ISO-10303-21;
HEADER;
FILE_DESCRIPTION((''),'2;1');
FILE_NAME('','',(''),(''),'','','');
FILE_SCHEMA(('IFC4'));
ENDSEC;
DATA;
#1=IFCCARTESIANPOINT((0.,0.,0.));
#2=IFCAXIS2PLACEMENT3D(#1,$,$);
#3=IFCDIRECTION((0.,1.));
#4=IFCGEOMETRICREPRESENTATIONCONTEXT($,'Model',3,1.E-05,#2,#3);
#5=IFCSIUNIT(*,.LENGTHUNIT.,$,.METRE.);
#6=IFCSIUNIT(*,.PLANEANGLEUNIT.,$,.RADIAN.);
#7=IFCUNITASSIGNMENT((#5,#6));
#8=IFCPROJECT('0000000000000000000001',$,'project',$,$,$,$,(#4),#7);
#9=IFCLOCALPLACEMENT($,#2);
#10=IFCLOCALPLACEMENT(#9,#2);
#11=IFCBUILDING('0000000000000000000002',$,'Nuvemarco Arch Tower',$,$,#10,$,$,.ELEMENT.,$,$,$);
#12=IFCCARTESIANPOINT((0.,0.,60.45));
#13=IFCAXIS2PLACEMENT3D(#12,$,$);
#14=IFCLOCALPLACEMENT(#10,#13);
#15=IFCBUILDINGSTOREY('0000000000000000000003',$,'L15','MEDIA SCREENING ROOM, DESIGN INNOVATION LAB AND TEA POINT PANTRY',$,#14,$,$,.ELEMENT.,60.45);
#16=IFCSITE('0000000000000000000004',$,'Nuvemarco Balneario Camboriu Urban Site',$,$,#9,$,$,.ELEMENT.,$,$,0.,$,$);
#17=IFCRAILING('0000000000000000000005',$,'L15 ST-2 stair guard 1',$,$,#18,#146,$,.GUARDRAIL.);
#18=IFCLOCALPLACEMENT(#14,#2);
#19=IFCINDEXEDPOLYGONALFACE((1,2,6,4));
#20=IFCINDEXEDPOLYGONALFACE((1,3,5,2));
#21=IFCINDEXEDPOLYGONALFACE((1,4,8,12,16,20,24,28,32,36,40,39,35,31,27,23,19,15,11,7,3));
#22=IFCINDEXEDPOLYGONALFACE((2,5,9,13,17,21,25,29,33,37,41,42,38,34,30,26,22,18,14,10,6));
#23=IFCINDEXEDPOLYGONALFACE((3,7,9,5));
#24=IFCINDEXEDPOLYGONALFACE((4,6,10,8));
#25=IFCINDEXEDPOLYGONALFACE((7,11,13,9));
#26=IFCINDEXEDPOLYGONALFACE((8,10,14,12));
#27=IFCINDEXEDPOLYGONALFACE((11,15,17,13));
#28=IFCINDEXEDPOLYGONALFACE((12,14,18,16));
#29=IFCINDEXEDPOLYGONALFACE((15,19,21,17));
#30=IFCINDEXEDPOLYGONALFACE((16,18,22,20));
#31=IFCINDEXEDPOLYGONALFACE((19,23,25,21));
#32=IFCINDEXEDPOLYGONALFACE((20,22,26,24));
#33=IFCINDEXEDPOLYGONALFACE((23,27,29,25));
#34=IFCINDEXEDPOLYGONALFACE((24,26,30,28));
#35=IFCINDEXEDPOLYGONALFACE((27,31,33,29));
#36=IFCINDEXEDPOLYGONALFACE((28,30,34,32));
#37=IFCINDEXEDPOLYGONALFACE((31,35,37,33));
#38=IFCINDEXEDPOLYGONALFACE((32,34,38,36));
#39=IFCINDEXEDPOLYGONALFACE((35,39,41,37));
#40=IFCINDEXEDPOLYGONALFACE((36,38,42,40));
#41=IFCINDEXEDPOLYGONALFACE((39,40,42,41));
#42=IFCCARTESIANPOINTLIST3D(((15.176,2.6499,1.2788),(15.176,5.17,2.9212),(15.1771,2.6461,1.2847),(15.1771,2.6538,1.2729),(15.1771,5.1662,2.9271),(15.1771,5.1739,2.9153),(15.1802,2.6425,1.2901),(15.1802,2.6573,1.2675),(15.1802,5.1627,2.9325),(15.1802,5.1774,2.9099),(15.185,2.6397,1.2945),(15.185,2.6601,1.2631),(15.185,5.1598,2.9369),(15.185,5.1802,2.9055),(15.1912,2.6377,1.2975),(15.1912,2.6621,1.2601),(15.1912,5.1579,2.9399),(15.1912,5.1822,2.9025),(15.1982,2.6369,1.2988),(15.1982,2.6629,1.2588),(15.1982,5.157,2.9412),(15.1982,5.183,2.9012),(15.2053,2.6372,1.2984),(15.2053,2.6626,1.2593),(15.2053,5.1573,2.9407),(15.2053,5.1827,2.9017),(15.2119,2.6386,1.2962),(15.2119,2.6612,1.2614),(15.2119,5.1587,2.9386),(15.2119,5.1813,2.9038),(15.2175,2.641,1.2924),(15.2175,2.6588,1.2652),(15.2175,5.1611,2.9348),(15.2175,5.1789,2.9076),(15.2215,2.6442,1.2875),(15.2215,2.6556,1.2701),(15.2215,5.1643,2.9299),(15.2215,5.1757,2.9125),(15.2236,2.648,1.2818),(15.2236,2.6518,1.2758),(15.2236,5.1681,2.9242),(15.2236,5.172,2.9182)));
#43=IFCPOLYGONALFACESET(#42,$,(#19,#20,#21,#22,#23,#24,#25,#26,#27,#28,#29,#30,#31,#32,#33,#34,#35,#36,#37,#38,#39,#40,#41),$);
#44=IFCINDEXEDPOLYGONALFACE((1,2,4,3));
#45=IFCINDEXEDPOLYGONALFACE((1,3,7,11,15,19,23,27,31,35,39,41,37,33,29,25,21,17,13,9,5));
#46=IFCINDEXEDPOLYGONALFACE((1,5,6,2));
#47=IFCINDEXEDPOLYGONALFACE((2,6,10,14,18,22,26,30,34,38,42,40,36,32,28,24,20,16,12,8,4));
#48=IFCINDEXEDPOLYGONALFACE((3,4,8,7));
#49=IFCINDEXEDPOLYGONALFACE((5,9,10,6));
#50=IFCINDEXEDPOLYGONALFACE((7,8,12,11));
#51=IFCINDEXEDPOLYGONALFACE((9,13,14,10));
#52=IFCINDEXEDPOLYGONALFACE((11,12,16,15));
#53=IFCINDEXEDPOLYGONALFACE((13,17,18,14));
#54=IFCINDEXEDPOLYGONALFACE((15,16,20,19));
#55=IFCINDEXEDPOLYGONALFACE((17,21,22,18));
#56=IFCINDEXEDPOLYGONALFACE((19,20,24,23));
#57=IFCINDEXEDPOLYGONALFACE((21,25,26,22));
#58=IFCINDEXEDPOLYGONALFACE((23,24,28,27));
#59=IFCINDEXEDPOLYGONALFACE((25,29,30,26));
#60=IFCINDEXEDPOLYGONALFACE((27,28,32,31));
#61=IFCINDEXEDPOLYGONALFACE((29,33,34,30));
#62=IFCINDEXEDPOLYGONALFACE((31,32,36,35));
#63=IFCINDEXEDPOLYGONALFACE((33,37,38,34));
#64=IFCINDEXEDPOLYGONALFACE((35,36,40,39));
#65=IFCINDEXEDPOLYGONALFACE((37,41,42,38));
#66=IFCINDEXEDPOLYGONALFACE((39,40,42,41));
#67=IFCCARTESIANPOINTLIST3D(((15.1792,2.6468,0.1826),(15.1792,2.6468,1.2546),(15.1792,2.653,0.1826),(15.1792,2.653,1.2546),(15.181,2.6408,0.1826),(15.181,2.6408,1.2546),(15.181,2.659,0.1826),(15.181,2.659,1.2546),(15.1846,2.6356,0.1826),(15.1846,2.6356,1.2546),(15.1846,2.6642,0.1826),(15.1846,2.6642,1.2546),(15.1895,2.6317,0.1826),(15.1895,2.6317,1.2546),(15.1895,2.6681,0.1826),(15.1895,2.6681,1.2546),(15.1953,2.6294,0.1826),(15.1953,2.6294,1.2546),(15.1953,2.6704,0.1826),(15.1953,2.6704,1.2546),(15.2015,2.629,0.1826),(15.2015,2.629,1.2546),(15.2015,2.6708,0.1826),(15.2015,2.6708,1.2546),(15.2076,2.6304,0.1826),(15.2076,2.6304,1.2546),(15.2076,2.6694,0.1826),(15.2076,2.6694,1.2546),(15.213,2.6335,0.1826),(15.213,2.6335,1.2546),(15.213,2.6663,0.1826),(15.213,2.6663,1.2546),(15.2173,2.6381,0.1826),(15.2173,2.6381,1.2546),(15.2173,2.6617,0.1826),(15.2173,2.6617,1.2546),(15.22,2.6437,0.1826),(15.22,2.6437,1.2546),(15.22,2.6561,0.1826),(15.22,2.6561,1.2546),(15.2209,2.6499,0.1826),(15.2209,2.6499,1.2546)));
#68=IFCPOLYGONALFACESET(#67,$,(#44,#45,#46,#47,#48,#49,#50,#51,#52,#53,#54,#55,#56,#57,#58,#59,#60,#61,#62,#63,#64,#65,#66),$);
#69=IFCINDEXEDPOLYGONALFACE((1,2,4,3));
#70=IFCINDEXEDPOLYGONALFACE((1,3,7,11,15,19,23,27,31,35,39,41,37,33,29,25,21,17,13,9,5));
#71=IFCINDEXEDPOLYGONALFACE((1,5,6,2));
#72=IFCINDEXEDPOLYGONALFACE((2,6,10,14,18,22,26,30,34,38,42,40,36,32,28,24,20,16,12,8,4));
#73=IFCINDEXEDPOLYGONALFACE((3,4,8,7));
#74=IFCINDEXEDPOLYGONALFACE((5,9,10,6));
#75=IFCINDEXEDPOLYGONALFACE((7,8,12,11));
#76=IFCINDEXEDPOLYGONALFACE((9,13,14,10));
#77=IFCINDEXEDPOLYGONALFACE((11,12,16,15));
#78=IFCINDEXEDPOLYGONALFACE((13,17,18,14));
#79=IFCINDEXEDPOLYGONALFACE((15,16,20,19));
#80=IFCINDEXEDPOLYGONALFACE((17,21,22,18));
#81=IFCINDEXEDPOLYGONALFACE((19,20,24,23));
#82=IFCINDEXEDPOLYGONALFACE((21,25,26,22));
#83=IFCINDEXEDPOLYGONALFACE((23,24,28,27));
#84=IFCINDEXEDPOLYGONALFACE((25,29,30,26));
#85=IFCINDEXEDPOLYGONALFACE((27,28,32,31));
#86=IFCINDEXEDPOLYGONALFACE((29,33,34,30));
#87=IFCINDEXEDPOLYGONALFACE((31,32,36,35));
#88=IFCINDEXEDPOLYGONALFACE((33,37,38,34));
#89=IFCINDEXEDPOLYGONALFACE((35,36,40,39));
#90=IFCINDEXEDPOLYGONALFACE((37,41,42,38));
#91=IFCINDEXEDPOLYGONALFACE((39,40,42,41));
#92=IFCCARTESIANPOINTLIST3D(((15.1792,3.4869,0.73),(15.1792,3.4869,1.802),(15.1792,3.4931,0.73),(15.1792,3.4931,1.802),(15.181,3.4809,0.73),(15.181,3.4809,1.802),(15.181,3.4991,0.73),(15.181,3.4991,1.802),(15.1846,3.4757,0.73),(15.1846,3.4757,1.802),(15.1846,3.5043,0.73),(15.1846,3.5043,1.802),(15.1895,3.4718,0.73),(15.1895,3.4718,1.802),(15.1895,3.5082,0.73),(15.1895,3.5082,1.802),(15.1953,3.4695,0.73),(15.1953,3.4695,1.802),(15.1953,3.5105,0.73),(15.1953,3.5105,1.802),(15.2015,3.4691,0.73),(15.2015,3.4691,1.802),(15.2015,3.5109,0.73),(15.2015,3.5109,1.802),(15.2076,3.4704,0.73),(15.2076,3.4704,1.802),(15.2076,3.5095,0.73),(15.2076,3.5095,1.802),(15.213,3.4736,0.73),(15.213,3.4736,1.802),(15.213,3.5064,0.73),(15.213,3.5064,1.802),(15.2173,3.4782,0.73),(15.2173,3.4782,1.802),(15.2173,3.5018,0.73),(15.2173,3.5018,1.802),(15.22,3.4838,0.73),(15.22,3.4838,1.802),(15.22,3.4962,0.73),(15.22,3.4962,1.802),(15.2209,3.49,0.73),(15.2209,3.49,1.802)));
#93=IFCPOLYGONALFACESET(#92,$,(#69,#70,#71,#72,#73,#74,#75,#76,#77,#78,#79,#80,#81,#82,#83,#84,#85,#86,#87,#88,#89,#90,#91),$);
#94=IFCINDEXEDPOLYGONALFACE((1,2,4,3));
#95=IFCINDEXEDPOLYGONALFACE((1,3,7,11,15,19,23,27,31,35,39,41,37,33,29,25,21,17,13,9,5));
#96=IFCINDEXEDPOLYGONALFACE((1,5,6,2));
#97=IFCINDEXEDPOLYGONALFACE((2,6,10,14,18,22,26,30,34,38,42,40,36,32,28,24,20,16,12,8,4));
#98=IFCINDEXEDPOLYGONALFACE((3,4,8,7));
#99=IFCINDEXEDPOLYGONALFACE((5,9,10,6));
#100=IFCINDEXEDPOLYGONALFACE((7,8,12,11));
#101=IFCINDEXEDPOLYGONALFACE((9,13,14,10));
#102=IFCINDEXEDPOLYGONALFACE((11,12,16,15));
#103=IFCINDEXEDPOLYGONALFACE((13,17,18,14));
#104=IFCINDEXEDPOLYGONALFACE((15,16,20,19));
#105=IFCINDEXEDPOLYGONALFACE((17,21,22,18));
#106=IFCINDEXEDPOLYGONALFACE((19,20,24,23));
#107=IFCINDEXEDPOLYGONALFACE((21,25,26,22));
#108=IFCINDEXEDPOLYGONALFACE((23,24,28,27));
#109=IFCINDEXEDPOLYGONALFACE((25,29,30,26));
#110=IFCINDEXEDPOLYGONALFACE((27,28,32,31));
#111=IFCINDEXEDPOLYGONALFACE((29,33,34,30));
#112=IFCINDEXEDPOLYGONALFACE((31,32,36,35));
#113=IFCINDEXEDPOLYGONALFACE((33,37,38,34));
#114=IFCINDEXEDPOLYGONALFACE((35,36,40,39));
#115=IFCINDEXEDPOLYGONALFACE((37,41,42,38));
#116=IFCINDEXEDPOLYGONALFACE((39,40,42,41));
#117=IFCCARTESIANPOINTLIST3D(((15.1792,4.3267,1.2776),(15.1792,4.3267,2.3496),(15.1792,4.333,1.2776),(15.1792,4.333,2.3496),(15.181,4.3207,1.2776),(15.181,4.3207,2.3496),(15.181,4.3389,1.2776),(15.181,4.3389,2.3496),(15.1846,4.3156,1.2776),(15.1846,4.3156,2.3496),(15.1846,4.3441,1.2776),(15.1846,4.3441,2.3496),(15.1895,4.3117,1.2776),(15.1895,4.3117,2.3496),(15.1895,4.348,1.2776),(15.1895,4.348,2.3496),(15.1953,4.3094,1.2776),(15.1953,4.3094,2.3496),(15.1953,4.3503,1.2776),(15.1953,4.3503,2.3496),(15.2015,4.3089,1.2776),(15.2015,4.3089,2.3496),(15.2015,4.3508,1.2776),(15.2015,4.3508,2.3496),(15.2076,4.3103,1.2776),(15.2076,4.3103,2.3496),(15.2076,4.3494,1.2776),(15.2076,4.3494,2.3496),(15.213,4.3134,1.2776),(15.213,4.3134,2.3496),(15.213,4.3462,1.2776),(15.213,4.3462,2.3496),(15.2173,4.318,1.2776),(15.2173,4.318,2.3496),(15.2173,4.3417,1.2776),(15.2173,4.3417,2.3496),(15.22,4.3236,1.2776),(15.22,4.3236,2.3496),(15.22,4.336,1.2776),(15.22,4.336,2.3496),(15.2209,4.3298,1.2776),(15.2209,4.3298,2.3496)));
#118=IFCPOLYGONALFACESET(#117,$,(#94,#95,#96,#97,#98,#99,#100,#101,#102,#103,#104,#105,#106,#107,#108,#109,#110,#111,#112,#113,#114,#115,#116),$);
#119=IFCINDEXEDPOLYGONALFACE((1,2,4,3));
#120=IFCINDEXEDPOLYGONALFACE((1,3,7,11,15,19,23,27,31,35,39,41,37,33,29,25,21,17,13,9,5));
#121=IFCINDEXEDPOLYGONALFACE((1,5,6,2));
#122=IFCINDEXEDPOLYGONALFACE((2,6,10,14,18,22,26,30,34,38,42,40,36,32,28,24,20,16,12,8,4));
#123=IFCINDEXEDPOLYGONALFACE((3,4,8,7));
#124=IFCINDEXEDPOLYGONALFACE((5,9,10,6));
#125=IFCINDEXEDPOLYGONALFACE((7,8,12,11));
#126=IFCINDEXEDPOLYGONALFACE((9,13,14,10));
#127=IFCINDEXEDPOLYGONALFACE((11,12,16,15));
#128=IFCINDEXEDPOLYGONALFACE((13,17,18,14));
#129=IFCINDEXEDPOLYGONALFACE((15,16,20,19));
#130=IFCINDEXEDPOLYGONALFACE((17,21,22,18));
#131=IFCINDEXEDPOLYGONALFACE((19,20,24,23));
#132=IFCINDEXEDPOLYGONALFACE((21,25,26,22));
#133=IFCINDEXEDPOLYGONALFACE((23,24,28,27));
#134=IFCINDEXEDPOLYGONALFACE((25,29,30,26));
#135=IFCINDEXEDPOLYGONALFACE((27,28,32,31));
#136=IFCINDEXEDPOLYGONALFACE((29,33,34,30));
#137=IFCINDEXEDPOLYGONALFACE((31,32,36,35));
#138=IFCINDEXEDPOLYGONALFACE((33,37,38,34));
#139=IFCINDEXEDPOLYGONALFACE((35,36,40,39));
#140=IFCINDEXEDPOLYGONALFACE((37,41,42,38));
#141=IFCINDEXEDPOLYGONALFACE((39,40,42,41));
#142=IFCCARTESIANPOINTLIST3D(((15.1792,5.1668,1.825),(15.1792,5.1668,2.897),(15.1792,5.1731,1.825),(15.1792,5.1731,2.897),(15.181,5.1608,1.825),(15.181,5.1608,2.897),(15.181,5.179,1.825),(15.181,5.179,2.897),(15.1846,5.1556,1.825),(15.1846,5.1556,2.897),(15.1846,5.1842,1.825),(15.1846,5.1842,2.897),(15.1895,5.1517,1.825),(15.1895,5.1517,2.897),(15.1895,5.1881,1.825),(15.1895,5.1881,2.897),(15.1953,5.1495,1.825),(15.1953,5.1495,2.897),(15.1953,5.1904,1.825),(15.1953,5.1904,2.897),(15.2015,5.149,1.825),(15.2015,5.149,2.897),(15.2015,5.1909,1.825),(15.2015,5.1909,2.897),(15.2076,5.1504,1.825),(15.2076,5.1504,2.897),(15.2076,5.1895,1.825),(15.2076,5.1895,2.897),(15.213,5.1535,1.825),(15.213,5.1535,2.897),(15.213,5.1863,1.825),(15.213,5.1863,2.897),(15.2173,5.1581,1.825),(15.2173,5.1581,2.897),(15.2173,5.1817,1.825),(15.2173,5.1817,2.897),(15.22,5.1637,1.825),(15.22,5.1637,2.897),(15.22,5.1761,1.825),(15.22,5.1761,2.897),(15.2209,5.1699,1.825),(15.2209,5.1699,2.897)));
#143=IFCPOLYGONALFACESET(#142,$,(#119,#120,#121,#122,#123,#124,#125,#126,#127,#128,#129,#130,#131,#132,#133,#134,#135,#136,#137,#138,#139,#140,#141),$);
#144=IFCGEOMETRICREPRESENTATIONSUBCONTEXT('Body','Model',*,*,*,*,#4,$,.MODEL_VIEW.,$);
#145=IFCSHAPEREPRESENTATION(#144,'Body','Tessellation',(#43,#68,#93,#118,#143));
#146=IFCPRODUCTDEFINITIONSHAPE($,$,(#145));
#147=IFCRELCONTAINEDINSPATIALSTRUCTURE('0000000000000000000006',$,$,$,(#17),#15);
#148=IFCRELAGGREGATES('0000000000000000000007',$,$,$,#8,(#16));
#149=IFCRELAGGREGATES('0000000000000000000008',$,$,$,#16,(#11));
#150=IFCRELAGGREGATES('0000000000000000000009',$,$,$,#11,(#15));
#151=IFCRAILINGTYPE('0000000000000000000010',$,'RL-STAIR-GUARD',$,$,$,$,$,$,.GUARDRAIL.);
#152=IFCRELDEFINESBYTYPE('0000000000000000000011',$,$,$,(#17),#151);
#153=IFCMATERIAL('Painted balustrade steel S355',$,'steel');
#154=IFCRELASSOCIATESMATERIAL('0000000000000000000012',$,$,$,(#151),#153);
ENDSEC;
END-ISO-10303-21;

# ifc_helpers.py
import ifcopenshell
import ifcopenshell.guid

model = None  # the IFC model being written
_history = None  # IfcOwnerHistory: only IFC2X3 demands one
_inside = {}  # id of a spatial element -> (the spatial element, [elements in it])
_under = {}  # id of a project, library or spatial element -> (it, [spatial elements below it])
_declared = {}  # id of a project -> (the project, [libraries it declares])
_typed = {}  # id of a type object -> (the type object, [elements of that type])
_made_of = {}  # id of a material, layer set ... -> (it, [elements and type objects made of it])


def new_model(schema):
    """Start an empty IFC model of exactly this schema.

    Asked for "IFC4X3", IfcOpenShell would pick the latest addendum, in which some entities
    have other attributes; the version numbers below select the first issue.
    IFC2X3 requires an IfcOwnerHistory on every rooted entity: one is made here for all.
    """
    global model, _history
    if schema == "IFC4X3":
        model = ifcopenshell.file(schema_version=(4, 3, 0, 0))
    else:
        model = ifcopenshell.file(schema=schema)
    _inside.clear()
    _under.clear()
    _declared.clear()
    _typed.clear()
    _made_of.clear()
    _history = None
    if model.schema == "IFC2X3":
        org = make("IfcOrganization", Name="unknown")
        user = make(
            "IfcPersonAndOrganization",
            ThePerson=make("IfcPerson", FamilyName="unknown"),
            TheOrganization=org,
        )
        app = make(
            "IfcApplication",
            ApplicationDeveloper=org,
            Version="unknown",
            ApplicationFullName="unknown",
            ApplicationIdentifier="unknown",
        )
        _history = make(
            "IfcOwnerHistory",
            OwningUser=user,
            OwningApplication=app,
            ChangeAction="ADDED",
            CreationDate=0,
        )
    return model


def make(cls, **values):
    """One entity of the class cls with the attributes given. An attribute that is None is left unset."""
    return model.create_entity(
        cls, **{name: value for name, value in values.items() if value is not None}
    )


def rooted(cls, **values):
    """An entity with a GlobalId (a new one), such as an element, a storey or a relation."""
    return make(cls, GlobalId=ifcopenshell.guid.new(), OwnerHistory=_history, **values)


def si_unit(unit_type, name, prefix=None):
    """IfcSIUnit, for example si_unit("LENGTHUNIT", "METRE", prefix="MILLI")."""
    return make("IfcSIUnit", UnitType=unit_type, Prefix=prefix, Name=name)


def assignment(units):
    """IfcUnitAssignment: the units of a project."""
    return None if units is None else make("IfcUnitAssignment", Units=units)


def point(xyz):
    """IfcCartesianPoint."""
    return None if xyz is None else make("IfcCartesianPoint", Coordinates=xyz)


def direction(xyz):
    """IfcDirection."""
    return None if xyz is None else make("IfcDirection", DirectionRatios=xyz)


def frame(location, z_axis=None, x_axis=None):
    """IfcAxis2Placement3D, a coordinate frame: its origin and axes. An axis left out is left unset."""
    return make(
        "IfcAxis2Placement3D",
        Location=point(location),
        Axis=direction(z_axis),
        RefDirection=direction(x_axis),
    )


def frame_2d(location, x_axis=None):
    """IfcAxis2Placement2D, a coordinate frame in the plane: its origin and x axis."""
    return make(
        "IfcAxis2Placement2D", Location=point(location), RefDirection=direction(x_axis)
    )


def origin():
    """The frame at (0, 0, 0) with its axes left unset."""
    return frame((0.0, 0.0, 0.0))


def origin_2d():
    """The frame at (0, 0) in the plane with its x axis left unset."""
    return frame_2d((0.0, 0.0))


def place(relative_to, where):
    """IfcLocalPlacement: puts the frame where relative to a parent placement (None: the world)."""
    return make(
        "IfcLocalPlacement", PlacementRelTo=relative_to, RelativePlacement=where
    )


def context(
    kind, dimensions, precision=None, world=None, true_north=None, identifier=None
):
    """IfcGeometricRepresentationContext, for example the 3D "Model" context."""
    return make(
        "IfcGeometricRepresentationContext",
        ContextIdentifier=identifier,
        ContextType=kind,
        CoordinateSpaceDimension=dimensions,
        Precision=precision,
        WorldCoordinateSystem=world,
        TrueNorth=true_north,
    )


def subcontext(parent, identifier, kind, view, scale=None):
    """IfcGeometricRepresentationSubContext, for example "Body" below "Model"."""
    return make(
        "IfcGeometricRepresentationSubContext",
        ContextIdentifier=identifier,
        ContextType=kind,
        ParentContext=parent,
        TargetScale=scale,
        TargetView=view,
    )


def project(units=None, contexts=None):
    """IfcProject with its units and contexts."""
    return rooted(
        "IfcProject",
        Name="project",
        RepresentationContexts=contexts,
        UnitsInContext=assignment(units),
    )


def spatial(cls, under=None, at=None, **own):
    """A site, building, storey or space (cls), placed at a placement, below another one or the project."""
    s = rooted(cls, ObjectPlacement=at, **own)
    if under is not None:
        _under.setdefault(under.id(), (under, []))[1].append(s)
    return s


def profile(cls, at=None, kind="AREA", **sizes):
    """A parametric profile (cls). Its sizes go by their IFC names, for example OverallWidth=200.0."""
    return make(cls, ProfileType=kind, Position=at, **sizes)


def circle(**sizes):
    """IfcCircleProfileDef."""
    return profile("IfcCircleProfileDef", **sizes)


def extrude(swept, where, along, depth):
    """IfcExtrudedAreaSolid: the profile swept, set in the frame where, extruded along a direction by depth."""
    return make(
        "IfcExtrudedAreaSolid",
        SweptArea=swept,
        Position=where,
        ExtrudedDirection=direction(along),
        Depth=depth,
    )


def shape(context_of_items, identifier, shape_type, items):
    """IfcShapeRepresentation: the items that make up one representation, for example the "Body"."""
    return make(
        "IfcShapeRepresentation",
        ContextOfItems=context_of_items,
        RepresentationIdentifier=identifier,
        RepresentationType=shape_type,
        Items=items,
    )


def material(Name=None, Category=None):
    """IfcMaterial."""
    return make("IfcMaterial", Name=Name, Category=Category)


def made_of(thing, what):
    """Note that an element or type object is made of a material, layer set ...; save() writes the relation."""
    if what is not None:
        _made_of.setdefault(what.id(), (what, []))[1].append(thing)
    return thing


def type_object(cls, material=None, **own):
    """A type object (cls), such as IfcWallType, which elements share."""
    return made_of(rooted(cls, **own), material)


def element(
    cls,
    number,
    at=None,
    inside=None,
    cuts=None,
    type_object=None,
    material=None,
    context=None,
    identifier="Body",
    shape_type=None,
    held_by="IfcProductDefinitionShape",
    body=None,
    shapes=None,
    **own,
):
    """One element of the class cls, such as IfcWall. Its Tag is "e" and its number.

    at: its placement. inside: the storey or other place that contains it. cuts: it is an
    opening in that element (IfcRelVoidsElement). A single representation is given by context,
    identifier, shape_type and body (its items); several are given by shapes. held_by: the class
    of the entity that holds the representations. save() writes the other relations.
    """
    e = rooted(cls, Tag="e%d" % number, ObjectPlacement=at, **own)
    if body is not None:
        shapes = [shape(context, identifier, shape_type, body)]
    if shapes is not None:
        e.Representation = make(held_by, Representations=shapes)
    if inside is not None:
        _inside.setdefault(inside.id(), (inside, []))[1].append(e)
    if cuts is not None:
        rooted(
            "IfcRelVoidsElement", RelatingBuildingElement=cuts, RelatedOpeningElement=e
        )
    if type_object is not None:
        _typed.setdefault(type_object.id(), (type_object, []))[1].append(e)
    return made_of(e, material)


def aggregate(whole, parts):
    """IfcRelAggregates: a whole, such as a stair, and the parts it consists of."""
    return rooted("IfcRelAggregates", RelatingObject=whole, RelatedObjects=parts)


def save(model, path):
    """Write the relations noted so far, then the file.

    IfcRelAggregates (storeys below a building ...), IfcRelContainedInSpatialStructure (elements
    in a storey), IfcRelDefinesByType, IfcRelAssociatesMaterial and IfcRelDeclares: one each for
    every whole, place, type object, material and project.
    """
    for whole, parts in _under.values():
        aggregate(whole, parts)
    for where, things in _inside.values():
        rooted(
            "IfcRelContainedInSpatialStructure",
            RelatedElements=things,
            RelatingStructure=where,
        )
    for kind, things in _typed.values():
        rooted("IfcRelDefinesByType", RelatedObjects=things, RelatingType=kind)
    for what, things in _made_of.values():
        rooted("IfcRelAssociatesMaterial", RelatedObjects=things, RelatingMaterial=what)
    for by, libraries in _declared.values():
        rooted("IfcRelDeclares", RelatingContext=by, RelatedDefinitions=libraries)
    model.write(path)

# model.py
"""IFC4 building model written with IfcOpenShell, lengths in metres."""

from ifc_helpers import new_model, si_unit, direction, frame, origin, origin_2d, place, context, subcontext, project, spatial, circle, extrude, material, type_object, element, save


model = new_model("IFC4")

# Units and contexts
model_context = context("Model", 3, precision=1e-05, world=origin(), true_north=direction((0.0, 1.0)))
body_context = subcontext(model_context, "Body", "Model", "MODEL_VIEW")
ifc_project = project(units=[si_unit("LENGTHUNIT", "METRE"), si_unit("PLANEANGLEUNIT", "RADIAN")], contexts=[model_context])

# Site, building, storey
site_placement = place(None, origin())
site = spatial("IfcSite", under=ifc_project, at=site_placement, Name="Nuvemarco Balneario Camboriu Urban Site", CompositionType="ELEMENT", RefElevation=0.0)
building_placement = place(site_placement, origin())
building = spatial("IfcBuilding", under=site, at=building_placement, Name="Nuvemarco Arch Tower", CompositionType="ELEMENT")
storey_placement = place(building_placement, frame((0.0, 0.0, 60.45)))
storey = spatial("IfcBuildingStorey", under=building, at=storey_placement, Name="L15", Description="MEDIA SCREENING ROOM, DESIGN INNOVATION LAB AND TEA POINT PANTRY", CompositionType="ELEMENT", Elevation=60.45)

# Railing
ifc_material_1 = material(Name="Painted balustrade steel S355", Category="steel")
railing_type_1 = type_object("IfcRailingType", Name="RL-STAIR-GUARD", PredefinedType="GUARDRAIL", material=ifc_material_1)
railing_1_placement = place(storey_placement, frame((15.2, 2.6499, 0.1826)))
element("IfcRailing", 1, at=railing_1_placement, inside=storey, type_object=railing_type_1, Name="L15 ST-2 stair guard 1", PredefinedType="GUARDRAIL", context=body_context, shape_type="SweptSolid", body=[
    extrude(circle(Radius=0.0239, at=origin_2d()), frame((0.0, 0.0, 1.0962), z_axis=(0.0, 0.837787, 0.545998), x_axis=(-1.0, 0.0, 0.0)), (0.0, 0.0, 1.0), 3.0081),
    extrude(circle(Radius=0.021, at=origin_2d()), origin(), (0.0, 0.0, 1.0), 1.072),
    extrude(circle(Radius=0.021, at=origin_2d()), frame((0.0, 0.8401, 0.5474)), (0.0, 0.0, 1.0), 1.072),
    extrude(circle(Radius=0.021, at=origin_2d()), frame((0.0, 1.6799, 1.095)), (0.0, 0.0, 1.0), 1.072),
    extrude(circle(Radius=0.021, at=origin_2d()), frame((0.0, 2.52, 1.6423)), (0.0, 0.0, 1.0), 1.072),
])

save(model, "model.ifc")
